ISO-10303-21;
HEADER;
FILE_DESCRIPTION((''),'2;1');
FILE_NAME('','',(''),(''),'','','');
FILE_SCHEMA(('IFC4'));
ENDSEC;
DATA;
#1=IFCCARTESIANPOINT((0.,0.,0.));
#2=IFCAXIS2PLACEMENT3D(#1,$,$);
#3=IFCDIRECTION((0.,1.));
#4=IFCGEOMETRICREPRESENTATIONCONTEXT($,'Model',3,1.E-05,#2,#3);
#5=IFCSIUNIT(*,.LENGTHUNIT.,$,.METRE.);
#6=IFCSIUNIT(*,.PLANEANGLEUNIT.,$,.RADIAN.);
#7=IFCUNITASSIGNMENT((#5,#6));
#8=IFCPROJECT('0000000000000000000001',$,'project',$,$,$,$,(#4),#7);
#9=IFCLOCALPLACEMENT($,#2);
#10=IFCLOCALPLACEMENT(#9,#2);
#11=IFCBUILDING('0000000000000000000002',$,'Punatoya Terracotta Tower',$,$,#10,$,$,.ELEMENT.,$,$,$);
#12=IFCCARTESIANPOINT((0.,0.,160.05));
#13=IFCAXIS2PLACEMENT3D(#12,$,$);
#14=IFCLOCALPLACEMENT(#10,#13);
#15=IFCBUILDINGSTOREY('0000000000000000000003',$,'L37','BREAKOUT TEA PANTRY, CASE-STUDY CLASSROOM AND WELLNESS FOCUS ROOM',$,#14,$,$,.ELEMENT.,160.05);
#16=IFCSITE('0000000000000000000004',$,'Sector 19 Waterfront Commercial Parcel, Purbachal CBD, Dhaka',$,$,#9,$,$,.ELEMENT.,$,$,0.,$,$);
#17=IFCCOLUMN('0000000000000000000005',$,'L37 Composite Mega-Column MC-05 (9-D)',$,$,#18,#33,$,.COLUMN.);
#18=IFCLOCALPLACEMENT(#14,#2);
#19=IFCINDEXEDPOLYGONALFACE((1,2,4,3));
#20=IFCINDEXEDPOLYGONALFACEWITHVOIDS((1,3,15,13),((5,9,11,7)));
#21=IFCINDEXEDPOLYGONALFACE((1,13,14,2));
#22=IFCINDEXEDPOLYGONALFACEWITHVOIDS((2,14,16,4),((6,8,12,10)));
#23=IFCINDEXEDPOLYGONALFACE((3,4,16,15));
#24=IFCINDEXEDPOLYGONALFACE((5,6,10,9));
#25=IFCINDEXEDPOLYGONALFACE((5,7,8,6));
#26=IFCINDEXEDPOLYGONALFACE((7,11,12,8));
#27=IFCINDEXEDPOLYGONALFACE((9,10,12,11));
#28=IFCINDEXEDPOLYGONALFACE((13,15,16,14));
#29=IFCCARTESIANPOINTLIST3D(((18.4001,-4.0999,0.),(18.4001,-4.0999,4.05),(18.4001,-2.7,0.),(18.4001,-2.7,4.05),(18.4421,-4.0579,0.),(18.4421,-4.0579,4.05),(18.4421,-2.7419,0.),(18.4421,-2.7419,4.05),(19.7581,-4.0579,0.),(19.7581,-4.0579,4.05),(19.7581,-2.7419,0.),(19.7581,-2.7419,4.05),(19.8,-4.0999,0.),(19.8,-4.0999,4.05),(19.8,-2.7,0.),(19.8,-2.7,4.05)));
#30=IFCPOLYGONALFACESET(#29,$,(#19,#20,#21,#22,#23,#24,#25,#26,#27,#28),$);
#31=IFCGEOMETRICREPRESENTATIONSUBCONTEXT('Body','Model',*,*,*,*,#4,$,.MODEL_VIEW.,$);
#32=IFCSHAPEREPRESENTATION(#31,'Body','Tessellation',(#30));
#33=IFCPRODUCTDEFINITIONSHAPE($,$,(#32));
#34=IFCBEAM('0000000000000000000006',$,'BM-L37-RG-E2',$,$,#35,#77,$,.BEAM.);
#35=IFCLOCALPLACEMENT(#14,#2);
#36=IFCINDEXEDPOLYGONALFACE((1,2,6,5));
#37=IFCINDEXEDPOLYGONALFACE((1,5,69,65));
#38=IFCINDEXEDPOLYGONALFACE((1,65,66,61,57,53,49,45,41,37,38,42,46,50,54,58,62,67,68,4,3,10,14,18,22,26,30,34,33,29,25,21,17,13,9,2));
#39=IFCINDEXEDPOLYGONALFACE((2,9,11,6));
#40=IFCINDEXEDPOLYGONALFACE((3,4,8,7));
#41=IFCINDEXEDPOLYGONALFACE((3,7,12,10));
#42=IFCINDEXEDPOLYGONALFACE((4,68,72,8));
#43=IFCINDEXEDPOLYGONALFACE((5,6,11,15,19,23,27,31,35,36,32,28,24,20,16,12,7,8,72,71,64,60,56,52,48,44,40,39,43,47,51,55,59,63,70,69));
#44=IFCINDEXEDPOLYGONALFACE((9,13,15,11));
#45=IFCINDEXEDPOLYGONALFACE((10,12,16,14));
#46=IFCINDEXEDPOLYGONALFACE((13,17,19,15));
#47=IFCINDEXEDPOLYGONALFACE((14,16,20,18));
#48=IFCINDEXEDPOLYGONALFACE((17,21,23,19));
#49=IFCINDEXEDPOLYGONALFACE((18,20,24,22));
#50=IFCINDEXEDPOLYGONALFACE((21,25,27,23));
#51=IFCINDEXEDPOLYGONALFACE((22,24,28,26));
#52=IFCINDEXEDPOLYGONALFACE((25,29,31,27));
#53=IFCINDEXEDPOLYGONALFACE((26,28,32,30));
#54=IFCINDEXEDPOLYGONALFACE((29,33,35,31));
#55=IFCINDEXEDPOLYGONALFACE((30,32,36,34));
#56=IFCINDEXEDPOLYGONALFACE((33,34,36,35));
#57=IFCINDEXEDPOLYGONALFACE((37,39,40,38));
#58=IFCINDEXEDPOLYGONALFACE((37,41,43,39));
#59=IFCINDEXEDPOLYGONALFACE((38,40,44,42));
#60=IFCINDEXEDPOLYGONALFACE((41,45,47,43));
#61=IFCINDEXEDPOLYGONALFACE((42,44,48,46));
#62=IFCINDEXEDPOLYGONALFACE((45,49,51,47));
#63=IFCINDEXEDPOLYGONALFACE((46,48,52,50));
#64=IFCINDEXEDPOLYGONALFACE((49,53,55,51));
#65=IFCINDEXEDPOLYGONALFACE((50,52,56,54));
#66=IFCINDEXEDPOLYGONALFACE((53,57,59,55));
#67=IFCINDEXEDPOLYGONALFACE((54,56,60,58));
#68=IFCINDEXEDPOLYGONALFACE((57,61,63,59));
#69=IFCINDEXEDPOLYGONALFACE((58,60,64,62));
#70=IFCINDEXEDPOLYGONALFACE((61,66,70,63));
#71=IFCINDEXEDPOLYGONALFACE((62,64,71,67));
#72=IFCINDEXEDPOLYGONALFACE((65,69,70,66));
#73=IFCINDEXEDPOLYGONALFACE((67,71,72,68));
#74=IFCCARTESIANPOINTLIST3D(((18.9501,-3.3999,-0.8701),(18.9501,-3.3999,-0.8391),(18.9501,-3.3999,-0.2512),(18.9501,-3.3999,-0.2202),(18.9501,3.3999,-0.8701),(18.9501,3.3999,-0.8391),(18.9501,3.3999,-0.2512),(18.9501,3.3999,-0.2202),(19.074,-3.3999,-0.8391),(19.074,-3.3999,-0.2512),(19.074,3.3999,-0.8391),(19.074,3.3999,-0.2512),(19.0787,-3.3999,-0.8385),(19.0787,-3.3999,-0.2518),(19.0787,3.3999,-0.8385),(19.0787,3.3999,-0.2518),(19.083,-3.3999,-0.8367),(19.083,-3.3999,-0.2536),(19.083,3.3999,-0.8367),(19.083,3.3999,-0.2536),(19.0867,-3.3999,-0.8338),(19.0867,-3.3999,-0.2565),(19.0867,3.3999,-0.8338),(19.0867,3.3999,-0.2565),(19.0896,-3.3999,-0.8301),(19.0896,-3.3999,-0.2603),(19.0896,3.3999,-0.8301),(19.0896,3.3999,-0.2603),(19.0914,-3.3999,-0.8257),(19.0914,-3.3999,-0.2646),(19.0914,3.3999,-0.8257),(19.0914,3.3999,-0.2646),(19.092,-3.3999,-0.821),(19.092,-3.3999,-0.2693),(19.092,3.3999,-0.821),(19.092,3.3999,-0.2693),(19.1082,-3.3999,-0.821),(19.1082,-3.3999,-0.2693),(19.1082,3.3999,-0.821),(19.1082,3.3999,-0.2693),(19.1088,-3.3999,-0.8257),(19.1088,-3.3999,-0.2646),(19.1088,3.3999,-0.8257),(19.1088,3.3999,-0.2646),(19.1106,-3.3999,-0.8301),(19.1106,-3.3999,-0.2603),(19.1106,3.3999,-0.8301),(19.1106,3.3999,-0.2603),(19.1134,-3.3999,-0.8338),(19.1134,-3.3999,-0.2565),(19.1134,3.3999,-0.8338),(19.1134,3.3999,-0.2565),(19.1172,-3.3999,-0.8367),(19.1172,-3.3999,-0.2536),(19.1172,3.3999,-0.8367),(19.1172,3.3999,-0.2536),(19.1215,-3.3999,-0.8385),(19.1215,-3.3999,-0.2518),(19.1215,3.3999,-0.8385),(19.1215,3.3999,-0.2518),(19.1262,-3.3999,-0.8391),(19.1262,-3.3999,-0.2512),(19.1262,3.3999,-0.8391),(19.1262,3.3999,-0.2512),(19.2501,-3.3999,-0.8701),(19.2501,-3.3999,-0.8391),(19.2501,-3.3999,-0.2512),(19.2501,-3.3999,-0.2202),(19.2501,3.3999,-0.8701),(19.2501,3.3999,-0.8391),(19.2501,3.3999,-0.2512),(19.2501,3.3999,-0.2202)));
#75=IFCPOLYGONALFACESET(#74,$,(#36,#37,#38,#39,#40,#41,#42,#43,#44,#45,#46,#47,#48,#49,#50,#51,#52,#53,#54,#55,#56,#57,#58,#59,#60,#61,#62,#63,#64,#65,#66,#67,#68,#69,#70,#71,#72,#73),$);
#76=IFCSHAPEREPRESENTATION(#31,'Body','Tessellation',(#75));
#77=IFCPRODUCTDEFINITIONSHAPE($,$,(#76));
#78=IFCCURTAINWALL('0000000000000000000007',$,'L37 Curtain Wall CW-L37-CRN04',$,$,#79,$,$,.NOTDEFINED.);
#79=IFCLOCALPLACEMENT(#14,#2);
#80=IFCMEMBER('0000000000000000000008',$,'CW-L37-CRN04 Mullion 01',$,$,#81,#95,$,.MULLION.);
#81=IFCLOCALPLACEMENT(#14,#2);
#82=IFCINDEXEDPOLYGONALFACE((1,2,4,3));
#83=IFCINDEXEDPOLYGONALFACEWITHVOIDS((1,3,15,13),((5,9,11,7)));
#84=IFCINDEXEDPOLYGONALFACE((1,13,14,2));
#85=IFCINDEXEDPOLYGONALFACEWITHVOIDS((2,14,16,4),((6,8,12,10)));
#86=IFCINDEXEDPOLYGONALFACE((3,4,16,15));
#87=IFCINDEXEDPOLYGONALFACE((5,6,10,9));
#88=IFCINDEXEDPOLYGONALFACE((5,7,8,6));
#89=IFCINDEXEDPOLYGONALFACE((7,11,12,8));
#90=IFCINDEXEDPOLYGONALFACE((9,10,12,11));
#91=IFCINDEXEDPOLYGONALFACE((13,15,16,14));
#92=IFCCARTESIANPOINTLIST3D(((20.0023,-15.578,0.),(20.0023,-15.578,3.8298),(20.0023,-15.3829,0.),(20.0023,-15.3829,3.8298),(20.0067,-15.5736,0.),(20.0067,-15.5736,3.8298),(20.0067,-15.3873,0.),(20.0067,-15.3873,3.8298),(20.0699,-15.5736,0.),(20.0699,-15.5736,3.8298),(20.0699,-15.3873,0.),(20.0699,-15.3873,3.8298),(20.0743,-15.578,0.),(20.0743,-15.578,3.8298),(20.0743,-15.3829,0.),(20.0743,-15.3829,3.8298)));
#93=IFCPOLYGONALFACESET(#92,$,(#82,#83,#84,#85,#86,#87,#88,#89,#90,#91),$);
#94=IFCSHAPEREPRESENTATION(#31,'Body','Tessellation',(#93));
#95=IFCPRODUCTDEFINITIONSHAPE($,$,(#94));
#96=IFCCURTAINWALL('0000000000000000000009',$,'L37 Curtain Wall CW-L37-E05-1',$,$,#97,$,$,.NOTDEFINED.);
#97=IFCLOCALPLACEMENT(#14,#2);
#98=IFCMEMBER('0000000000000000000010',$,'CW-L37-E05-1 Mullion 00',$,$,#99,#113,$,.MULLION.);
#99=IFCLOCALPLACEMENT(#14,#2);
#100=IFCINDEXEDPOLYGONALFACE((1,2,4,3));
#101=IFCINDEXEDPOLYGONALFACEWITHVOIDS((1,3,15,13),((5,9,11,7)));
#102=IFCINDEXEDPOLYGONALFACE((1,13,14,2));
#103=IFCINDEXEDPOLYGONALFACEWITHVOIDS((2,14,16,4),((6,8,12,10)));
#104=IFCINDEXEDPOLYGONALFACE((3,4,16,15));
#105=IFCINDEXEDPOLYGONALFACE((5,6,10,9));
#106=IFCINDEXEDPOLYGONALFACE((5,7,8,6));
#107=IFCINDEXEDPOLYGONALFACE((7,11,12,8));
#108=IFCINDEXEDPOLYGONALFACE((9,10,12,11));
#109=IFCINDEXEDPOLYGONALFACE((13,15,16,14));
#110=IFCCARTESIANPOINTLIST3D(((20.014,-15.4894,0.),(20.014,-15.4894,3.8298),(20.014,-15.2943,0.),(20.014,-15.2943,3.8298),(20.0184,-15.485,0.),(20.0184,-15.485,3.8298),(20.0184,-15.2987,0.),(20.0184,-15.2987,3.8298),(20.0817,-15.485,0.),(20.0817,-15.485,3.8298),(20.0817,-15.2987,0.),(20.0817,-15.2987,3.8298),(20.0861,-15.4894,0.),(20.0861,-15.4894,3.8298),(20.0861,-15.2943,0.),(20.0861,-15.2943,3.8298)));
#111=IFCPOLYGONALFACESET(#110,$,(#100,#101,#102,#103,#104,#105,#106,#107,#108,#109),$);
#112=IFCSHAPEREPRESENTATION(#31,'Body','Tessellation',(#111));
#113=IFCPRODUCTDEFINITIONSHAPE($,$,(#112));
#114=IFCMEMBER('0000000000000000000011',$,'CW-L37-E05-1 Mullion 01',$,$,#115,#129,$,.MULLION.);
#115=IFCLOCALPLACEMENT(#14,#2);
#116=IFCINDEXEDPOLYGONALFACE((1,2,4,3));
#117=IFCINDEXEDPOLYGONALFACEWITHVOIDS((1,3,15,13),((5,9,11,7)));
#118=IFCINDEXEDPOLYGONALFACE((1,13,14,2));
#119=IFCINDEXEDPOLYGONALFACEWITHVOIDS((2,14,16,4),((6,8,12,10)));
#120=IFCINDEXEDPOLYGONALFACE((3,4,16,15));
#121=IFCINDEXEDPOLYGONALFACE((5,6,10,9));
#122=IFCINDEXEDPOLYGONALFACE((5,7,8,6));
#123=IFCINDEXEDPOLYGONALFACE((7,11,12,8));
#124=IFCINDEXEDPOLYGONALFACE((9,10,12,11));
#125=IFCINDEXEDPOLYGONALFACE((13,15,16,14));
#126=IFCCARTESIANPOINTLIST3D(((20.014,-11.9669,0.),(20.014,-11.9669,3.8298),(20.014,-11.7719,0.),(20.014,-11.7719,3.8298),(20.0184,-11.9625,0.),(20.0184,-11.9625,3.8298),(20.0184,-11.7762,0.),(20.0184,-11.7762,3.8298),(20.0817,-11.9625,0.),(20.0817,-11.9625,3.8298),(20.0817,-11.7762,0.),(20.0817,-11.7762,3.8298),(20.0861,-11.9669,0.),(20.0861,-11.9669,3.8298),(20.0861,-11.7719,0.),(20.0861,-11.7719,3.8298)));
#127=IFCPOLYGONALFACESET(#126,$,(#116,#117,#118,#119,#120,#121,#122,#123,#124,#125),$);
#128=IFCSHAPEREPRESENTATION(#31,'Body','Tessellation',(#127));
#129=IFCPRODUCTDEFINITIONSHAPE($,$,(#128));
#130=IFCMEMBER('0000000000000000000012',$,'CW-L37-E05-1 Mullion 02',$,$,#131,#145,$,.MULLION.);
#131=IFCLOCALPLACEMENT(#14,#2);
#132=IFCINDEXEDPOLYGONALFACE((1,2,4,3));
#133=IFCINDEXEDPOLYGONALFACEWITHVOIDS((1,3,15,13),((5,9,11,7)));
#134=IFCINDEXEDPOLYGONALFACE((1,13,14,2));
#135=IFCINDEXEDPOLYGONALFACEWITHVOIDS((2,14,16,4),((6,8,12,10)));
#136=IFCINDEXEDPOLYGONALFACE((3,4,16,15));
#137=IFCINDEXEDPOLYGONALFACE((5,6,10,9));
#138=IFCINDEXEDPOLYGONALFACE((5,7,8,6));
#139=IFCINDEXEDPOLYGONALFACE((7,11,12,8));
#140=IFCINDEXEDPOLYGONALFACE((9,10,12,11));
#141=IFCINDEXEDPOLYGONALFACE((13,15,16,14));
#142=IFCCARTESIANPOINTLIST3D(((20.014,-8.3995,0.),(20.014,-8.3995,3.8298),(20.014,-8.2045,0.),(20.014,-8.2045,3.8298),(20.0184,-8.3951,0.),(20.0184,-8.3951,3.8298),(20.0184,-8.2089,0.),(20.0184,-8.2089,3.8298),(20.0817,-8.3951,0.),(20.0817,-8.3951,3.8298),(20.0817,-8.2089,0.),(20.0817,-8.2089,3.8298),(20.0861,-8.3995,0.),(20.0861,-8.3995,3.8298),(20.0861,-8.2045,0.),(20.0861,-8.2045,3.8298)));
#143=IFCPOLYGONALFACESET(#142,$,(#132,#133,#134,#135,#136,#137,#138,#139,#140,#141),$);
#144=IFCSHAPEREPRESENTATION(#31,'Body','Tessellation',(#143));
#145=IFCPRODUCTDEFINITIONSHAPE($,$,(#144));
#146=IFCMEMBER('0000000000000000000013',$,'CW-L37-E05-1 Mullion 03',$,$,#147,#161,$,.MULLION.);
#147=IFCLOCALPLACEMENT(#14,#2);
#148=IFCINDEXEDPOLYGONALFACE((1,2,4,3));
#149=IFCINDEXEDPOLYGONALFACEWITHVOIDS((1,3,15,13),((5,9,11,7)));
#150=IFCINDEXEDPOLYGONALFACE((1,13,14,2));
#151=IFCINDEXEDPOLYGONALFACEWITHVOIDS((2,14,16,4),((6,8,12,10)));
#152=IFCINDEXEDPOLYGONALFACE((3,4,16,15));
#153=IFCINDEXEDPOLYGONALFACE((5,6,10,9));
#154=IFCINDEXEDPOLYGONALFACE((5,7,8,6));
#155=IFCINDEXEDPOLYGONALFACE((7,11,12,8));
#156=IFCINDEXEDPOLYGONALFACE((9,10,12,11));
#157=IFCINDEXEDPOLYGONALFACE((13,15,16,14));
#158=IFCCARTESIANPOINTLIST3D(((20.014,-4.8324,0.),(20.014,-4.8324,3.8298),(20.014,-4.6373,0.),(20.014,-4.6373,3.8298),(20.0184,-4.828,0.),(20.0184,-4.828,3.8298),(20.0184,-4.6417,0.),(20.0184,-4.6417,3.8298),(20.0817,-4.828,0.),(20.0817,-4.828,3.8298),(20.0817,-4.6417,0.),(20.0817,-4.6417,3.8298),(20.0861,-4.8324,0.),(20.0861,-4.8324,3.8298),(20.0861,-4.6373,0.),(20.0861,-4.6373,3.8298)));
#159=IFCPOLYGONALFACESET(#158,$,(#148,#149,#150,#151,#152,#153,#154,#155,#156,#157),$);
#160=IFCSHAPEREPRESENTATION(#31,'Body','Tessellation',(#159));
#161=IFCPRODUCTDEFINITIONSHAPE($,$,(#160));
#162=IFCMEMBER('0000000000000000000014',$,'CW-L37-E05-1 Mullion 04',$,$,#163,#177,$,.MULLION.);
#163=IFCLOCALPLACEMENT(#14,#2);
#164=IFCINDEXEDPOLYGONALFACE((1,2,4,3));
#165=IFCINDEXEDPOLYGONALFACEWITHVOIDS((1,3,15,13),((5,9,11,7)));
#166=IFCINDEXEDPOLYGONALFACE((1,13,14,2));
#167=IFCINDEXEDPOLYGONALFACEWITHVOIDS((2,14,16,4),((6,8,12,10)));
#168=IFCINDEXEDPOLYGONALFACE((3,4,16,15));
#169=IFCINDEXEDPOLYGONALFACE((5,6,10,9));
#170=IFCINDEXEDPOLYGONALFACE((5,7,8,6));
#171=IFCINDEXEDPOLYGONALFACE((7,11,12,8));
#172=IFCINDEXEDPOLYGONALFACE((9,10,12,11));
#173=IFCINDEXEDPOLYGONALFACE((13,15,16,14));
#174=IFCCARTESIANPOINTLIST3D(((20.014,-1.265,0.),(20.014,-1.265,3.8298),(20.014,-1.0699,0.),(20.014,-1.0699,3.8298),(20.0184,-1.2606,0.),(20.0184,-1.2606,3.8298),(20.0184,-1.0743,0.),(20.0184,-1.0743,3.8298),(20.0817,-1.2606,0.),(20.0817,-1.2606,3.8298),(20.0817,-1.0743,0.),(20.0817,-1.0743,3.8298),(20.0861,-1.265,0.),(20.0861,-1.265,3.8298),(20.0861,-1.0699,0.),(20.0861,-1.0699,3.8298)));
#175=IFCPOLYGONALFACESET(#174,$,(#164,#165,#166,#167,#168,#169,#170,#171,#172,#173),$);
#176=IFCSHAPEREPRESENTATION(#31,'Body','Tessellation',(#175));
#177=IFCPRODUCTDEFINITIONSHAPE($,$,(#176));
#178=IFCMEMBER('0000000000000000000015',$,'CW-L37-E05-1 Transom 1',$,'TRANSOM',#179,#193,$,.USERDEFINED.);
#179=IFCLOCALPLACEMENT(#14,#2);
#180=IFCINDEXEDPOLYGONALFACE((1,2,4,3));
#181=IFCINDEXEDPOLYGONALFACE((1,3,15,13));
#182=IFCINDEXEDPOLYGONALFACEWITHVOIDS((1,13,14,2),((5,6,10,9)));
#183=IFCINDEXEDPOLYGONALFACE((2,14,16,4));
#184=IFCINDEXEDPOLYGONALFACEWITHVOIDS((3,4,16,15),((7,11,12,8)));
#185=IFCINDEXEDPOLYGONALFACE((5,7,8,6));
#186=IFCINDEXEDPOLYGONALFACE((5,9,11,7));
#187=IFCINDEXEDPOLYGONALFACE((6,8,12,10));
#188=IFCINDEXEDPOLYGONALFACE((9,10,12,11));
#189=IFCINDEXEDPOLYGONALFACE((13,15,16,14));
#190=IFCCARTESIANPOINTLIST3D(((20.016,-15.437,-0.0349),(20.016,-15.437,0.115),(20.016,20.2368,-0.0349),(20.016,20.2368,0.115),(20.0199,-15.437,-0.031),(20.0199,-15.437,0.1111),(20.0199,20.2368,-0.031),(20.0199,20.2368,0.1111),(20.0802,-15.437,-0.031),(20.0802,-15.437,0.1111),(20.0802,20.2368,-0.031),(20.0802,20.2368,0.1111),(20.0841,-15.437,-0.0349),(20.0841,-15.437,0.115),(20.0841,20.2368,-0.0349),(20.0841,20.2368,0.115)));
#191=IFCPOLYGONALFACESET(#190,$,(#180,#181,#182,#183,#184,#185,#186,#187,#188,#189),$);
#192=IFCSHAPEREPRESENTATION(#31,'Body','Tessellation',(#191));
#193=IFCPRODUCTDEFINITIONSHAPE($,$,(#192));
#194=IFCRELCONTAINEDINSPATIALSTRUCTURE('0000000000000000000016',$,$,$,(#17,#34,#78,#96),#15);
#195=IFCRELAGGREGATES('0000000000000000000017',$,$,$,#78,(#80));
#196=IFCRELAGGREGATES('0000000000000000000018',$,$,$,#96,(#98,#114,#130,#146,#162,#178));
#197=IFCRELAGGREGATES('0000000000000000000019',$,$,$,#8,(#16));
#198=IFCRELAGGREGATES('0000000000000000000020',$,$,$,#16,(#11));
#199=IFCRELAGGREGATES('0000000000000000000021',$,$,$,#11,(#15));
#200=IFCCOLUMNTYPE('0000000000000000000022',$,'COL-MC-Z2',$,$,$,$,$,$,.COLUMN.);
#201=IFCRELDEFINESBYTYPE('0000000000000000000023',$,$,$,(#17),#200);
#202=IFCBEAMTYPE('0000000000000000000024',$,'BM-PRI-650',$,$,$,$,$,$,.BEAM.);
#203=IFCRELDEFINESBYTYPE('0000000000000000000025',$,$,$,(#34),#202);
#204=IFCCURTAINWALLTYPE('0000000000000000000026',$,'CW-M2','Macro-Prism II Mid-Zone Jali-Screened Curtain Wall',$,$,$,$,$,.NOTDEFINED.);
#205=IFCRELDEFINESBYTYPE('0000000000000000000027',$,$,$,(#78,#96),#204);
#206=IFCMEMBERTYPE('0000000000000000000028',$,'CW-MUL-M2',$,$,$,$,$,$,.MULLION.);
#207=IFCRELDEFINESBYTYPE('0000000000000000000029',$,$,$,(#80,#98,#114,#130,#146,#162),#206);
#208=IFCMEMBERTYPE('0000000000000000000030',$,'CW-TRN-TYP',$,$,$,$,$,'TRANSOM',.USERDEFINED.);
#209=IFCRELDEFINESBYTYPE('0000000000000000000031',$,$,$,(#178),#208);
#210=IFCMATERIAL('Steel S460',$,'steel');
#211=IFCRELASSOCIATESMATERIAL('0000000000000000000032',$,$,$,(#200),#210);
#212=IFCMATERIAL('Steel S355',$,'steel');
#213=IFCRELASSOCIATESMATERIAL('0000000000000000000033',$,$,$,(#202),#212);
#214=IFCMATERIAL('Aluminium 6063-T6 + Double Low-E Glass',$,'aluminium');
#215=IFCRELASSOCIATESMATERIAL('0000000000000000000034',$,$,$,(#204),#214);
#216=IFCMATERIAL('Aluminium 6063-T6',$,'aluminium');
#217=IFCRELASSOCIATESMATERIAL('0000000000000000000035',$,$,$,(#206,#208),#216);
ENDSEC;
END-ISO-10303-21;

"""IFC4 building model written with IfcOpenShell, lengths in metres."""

from ifc_helpers import new_model, si_unit, direction, frame, origin, origin_2d, place, context, subcontext, project, spatial, hollow_rectangle, i_section, extrude, material, material_profile, profile_set, type_object, element, aggregate, save


model = new_model("IFC4")

# Units and contexts
model_context = context("Model", 3, precision=1e-05, world=origin(), true_north=direction((0.0, 1.0)))
body_context = subcontext(model_context, "Body", "Model", "MODEL_VIEW")
ifc_project = project(units=[si_unit("LENGTHUNIT", "METRE"), si_unit("PLANEANGLEUNIT", "RADIAN")], contexts=[model_context])

# Site, building, storey
site_placement = place(None, origin())
site = spatial("IfcSite", under=ifc_project, at=site_placement, Name="Sector 19 Waterfront Commercial Parcel, Purbachal CBD, Dhaka", CompositionType="ELEMENT", RefElevation=0.0)
building_placement = place(site_placement, origin())
building = spatial("IfcBuilding", under=site, at=building_placement, Name="Punatoya Terracotta Tower", CompositionType="ELEMENT")
storey_placement = place(building_placement, frame((0.0, 0.0, 160.05)))
storey = spatial("IfcBuildingStorey", under=building, at=storey_placement, Name="L37", Description="BREAKOUT TEA PANTRY, CASE-STUDY CLASSROOM AND WELLNESS FOCUS ROOM", CompositionType="ELEMENT", Elevation=160.05)

# Column
ifc_material_1 = material(Name="Steel S460", Category="steel")
ifc_material_profile_1 = material_profile(ifc_material_1, hollow_rectangle(XDim=1.3999, YDim=1.3999, WallThickness=0.042, at=origin_2d()))
ifc_profile_set_1 = profile_set([ifc_material_profile_1], Name="Steel S460")
column_type = type_object("IfcColumnType", Name="COL-MC-Z2", PredefinedType="COLUMN", material=ifc_profile_set_1)
column_placement = place(storey_placement, frame((19.1001, -3.3999, 0.0), z_axis=(0.0, 0.0, 1.0), x_axis=(1.0, 0.0, 0.0)))
element("IfcColumn", 1, at=column_placement, inside=storey, type_object=column_type, Name="L37 Composite Mega-Column MC-05 (9-D)", PredefinedType="COLUMN", context=body_context, shape_type="SweptSolid", body=[
    extrude(hollow_rectangle(XDim=1.3999, YDim=1.3999, WallThickness=0.042, at=origin_2d()), origin(), (0.0, 0.0, 1.0), 4.05),
])

# Beam
ifc_material_2 = material(Name="Steel S355", Category="steel")
ifc_material_profile_2 = material_profile(ifc_material_2, i_section(OverallWidth=0.3, OverallDepth=0.6499, WebThickness=0.0161, FlangeThickness=0.031, FilletRadius=0.0181, at=origin_2d()))
ifc_profile_set_2 = profile_set([ifc_material_profile_2], Name="Steel S355")
beam_type = type_object("IfcBeamType", Name="BM-PRI-650", PredefinedType="BEAM", material=ifc_profile_set_2)
beam_placement = place(storey_placement, frame((19.1001, -3.3999, -0.5452), z_axis=(0.0, 1.0, 0.0), x_axis=(-1.0, 0.0, 0.0)))
element("IfcBeam", 2, at=beam_placement, inside=storey, type_object=beam_type, Name="BM-L37-RG-E2", PredefinedType="BEAM", context=body_context, shape_type="SweptSolid", body=[
    extrude(i_section(OverallWidth=0.3, OverallDepth=0.6499, WebThickness=0.0161, FlangeThickness=0.031, FilletRadius=0.0181, at=origin_2d()), origin(), (0.0, 0.0, 1.0), 6.7998),
])

# Curtain wall, member
ifc_material_3 = material(Name="Aluminium 6063-T6 + Double Low-E Glass", Category="aluminium")
curtain_wall_type = type_object("IfcCurtainWallType", Name="CW-M2", Description="Macro-Prism II Mid-Zone Jali-Screened Curtain Wall", PredefinedType="NOTDEFINED", material=ifc_material_3)
curtain_wall_1_placement = place(storey_placement, origin())
curtain_wall_1 = element("IfcCurtainWall", 3, at=curtain_wall_1_placement, inside=storey, type_object=curtain_wall_type, Name="L37 Curtain Wall CW-L37-CRN04", PredefinedType="NOTDEFINED")
ifc_material_4 = material(Name="Aluminium 6063-T6", Category="aluminium")
ifc_material_profile_3 = material_profile(ifc_material_4, hollow_rectangle(XDim=0.072, YDim=0.1951, WallThickness=0.0044, at=origin_2d()))
ifc_profile_set_3 = profile_set([ifc_material_profile_3], Name="Aluminium 6063-T6")
member_type_1 = type_object("IfcMemberType", Name="CW-MUL-M2", PredefinedType="MULLION", material=ifc_profile_set_3)
member_1_placement = place(storey_placement, frame((20.0383, -15.4805, 0.0), z_axis=(0.0, 0.0, 1.0), x_axis=(1.0, 0.0, 0.0)))
member_1 = element("IfcMember", 4, at=member_1_placement, type_object=member_type_1, Name="CW-L37-CRN04 Mullion 01", PredefinedType="MULLION", context=body_context, shape_type="SweptSolid", body=[
    extrude(hollow_rectangle(XDim=0.072, YDim=0.1951, WallThickness=0.0044, at=origin_2d()), origin(), (0.0, 0.0, 1.0), 3.8298),
])

# Curtain wall, members
curtain_wall_2_placement = place(storey_placement, origin())
curtain_wall_2 = element("IfcCurtainWall", 5, at=curtain_wall_2_placement, inside=storey, type_object=curtain_wall_type, Name="L37 Curtain Wall CW-L37-E05-1", PredefinedType="NOTDEFINED")
member_2_placement = place(storey_placement, frame((20.05, -15.3918, 0.0), z_axis=(0.0, 0.0, 1.0), x_axis=(1.0, 0.0, 0.0)))
member_2 = element("IfcMember", 6, at=member_2_placement, type_object=member_type_1, Name="CW-L37-E05-1 Mullion 00", PredefinedType="MULLION", context=body_context, shape_type="SweptSolid", body=[
    extrude(hollow_rectangle(XDim=0.072, YDim=0.1951, WallThickness=0.0044, at=origin_2d()), origin(), (0.0, 0.0, 1.0), 3.8298),
])
member_3_placement = place(storey_placement, frame((20.05, -11.8694, 0.0), z_axis=(0.0, 0.0, 1.0), x_axis=(1.0, 0.0, 0.0)))
member_3 = element("IfcMember", 7, at=member_3_placement, type_object=member_type_1, Name="CW-L37-E05-1 Mullion 01", PredefinedType="MULLION", context=body_context, shape_type="SweptSolid", body=[
    extrude(hollow_rectangle(XDim=0.072, YDim=0.1951, WallThickness=0.0044, at=origin_2d()), origin(), (0.0, 0.0, 1.0), 3.8298),
])
member_4_placement = place(storey_placement, frame((20.05, -8.302, 0.0), z_axis=(0.0, 0.0, 1.0), x_axis=(1.0, 0.0, 0.0)))
member_4 = element("IfcMember", 8, at=member_4_placement, type_object=member_type_1, Name="CW-L37-E05-1 Mullion 02", PredefinedType="MULLION", context=body_context, shape_type="SweptSolid", body=[
    extrude(hollow_rectangle(XDim=0.072, YDim=0.1951, WallThickness=0.0044, at=origin_2d()), origin(), (0.0, 0.0, 1.0), 3.8298),
])
member_5_placement = place(storey_placement, frame((20.05, -4.7349, 0.0), z_axis=(0.0, 0.0, 1.0), x_axis=(1.0, 0.0, 0.0)))
member_5 = element("IfcMember", 9, at=member_5_placement, type_object=member_type_1, Name="CW-L37-E05-1 Mullion 03", PredefinedType="MULLION", context=body_context, shape_type="SweptSolid", body=[
    extrude(hollow_rectangle(XDim=0.072, YDim=0.1951, WallThickness=0.0044, at=origin_2d()), origin(), (0.0, 0.0, 1.0), 3.8298),
])
member_6_placement = place(storey_placement, frame((20.05, -1.1675, 0.0), z_axis=(0.0, 0.0, 1.0), x_axis=(1.0, 0.0, 0.0)))
member_6 = element("IfcMember", 10, at=member_6_placement, type_object=member_type_1, Name="CW-L37-E05-1 Mullion 04", PredefinedType="MULLION", context=body_context, shape_type="SweptSolid", body=[
    extrude(hollow_rectangle(XDim=0.072, YDim=0.1951, WallThickness=0.0044, at=origin_2d()), origin(), (0.0, 0.0, 1.0), 3.8298),
])
ifc_material_profile_4 = material_profile(ifc_material_4, hollow_rectangle(XDim=0.0681, YDim=0.1499, WallThickness=0.0039, at=origin_2d()))
ifc_profile_set_4 = profile_set([ifc_material_profile_4], Name="Aluminium 6063-T6")
member_type_2 = type_object("IfcMemberType", Name="CW-TRN-TYP", ElementType="TRANSOM", PredefinedType="USERDEFINED", material=ifc_profile_set_4)
member_7_placement = place(storey_placement, frame((20.05, -15.437, 0.04), z_axis=(0.0, 1.0, 0.0), x_axis=(-1.0, 0.0, 0.0)))
member_7 = element("IfcMember", 11, at=member_7_placement, type_object=member_type_2, Name="CW-L37-E05-1 Transom 1", ObjectType="TRANSOM", PredefinedType="USERDEFINED", context=body_context, shape_type="SweptSolid", body=[
    extrude(hollow_rectangle(XDim=0.0681, YDim=0.1499, WallThickness=0.0039, at=origin_2d()), origin(), (0.0, 0.0, 1.0), 35.6738),
])

aggregate(curtain_wall_1, [member_1])
aggregate(curtain_wall_2, [member_2, member_3, member_4, member_5, member_6, member_7])

save(model, "model.ifc")
